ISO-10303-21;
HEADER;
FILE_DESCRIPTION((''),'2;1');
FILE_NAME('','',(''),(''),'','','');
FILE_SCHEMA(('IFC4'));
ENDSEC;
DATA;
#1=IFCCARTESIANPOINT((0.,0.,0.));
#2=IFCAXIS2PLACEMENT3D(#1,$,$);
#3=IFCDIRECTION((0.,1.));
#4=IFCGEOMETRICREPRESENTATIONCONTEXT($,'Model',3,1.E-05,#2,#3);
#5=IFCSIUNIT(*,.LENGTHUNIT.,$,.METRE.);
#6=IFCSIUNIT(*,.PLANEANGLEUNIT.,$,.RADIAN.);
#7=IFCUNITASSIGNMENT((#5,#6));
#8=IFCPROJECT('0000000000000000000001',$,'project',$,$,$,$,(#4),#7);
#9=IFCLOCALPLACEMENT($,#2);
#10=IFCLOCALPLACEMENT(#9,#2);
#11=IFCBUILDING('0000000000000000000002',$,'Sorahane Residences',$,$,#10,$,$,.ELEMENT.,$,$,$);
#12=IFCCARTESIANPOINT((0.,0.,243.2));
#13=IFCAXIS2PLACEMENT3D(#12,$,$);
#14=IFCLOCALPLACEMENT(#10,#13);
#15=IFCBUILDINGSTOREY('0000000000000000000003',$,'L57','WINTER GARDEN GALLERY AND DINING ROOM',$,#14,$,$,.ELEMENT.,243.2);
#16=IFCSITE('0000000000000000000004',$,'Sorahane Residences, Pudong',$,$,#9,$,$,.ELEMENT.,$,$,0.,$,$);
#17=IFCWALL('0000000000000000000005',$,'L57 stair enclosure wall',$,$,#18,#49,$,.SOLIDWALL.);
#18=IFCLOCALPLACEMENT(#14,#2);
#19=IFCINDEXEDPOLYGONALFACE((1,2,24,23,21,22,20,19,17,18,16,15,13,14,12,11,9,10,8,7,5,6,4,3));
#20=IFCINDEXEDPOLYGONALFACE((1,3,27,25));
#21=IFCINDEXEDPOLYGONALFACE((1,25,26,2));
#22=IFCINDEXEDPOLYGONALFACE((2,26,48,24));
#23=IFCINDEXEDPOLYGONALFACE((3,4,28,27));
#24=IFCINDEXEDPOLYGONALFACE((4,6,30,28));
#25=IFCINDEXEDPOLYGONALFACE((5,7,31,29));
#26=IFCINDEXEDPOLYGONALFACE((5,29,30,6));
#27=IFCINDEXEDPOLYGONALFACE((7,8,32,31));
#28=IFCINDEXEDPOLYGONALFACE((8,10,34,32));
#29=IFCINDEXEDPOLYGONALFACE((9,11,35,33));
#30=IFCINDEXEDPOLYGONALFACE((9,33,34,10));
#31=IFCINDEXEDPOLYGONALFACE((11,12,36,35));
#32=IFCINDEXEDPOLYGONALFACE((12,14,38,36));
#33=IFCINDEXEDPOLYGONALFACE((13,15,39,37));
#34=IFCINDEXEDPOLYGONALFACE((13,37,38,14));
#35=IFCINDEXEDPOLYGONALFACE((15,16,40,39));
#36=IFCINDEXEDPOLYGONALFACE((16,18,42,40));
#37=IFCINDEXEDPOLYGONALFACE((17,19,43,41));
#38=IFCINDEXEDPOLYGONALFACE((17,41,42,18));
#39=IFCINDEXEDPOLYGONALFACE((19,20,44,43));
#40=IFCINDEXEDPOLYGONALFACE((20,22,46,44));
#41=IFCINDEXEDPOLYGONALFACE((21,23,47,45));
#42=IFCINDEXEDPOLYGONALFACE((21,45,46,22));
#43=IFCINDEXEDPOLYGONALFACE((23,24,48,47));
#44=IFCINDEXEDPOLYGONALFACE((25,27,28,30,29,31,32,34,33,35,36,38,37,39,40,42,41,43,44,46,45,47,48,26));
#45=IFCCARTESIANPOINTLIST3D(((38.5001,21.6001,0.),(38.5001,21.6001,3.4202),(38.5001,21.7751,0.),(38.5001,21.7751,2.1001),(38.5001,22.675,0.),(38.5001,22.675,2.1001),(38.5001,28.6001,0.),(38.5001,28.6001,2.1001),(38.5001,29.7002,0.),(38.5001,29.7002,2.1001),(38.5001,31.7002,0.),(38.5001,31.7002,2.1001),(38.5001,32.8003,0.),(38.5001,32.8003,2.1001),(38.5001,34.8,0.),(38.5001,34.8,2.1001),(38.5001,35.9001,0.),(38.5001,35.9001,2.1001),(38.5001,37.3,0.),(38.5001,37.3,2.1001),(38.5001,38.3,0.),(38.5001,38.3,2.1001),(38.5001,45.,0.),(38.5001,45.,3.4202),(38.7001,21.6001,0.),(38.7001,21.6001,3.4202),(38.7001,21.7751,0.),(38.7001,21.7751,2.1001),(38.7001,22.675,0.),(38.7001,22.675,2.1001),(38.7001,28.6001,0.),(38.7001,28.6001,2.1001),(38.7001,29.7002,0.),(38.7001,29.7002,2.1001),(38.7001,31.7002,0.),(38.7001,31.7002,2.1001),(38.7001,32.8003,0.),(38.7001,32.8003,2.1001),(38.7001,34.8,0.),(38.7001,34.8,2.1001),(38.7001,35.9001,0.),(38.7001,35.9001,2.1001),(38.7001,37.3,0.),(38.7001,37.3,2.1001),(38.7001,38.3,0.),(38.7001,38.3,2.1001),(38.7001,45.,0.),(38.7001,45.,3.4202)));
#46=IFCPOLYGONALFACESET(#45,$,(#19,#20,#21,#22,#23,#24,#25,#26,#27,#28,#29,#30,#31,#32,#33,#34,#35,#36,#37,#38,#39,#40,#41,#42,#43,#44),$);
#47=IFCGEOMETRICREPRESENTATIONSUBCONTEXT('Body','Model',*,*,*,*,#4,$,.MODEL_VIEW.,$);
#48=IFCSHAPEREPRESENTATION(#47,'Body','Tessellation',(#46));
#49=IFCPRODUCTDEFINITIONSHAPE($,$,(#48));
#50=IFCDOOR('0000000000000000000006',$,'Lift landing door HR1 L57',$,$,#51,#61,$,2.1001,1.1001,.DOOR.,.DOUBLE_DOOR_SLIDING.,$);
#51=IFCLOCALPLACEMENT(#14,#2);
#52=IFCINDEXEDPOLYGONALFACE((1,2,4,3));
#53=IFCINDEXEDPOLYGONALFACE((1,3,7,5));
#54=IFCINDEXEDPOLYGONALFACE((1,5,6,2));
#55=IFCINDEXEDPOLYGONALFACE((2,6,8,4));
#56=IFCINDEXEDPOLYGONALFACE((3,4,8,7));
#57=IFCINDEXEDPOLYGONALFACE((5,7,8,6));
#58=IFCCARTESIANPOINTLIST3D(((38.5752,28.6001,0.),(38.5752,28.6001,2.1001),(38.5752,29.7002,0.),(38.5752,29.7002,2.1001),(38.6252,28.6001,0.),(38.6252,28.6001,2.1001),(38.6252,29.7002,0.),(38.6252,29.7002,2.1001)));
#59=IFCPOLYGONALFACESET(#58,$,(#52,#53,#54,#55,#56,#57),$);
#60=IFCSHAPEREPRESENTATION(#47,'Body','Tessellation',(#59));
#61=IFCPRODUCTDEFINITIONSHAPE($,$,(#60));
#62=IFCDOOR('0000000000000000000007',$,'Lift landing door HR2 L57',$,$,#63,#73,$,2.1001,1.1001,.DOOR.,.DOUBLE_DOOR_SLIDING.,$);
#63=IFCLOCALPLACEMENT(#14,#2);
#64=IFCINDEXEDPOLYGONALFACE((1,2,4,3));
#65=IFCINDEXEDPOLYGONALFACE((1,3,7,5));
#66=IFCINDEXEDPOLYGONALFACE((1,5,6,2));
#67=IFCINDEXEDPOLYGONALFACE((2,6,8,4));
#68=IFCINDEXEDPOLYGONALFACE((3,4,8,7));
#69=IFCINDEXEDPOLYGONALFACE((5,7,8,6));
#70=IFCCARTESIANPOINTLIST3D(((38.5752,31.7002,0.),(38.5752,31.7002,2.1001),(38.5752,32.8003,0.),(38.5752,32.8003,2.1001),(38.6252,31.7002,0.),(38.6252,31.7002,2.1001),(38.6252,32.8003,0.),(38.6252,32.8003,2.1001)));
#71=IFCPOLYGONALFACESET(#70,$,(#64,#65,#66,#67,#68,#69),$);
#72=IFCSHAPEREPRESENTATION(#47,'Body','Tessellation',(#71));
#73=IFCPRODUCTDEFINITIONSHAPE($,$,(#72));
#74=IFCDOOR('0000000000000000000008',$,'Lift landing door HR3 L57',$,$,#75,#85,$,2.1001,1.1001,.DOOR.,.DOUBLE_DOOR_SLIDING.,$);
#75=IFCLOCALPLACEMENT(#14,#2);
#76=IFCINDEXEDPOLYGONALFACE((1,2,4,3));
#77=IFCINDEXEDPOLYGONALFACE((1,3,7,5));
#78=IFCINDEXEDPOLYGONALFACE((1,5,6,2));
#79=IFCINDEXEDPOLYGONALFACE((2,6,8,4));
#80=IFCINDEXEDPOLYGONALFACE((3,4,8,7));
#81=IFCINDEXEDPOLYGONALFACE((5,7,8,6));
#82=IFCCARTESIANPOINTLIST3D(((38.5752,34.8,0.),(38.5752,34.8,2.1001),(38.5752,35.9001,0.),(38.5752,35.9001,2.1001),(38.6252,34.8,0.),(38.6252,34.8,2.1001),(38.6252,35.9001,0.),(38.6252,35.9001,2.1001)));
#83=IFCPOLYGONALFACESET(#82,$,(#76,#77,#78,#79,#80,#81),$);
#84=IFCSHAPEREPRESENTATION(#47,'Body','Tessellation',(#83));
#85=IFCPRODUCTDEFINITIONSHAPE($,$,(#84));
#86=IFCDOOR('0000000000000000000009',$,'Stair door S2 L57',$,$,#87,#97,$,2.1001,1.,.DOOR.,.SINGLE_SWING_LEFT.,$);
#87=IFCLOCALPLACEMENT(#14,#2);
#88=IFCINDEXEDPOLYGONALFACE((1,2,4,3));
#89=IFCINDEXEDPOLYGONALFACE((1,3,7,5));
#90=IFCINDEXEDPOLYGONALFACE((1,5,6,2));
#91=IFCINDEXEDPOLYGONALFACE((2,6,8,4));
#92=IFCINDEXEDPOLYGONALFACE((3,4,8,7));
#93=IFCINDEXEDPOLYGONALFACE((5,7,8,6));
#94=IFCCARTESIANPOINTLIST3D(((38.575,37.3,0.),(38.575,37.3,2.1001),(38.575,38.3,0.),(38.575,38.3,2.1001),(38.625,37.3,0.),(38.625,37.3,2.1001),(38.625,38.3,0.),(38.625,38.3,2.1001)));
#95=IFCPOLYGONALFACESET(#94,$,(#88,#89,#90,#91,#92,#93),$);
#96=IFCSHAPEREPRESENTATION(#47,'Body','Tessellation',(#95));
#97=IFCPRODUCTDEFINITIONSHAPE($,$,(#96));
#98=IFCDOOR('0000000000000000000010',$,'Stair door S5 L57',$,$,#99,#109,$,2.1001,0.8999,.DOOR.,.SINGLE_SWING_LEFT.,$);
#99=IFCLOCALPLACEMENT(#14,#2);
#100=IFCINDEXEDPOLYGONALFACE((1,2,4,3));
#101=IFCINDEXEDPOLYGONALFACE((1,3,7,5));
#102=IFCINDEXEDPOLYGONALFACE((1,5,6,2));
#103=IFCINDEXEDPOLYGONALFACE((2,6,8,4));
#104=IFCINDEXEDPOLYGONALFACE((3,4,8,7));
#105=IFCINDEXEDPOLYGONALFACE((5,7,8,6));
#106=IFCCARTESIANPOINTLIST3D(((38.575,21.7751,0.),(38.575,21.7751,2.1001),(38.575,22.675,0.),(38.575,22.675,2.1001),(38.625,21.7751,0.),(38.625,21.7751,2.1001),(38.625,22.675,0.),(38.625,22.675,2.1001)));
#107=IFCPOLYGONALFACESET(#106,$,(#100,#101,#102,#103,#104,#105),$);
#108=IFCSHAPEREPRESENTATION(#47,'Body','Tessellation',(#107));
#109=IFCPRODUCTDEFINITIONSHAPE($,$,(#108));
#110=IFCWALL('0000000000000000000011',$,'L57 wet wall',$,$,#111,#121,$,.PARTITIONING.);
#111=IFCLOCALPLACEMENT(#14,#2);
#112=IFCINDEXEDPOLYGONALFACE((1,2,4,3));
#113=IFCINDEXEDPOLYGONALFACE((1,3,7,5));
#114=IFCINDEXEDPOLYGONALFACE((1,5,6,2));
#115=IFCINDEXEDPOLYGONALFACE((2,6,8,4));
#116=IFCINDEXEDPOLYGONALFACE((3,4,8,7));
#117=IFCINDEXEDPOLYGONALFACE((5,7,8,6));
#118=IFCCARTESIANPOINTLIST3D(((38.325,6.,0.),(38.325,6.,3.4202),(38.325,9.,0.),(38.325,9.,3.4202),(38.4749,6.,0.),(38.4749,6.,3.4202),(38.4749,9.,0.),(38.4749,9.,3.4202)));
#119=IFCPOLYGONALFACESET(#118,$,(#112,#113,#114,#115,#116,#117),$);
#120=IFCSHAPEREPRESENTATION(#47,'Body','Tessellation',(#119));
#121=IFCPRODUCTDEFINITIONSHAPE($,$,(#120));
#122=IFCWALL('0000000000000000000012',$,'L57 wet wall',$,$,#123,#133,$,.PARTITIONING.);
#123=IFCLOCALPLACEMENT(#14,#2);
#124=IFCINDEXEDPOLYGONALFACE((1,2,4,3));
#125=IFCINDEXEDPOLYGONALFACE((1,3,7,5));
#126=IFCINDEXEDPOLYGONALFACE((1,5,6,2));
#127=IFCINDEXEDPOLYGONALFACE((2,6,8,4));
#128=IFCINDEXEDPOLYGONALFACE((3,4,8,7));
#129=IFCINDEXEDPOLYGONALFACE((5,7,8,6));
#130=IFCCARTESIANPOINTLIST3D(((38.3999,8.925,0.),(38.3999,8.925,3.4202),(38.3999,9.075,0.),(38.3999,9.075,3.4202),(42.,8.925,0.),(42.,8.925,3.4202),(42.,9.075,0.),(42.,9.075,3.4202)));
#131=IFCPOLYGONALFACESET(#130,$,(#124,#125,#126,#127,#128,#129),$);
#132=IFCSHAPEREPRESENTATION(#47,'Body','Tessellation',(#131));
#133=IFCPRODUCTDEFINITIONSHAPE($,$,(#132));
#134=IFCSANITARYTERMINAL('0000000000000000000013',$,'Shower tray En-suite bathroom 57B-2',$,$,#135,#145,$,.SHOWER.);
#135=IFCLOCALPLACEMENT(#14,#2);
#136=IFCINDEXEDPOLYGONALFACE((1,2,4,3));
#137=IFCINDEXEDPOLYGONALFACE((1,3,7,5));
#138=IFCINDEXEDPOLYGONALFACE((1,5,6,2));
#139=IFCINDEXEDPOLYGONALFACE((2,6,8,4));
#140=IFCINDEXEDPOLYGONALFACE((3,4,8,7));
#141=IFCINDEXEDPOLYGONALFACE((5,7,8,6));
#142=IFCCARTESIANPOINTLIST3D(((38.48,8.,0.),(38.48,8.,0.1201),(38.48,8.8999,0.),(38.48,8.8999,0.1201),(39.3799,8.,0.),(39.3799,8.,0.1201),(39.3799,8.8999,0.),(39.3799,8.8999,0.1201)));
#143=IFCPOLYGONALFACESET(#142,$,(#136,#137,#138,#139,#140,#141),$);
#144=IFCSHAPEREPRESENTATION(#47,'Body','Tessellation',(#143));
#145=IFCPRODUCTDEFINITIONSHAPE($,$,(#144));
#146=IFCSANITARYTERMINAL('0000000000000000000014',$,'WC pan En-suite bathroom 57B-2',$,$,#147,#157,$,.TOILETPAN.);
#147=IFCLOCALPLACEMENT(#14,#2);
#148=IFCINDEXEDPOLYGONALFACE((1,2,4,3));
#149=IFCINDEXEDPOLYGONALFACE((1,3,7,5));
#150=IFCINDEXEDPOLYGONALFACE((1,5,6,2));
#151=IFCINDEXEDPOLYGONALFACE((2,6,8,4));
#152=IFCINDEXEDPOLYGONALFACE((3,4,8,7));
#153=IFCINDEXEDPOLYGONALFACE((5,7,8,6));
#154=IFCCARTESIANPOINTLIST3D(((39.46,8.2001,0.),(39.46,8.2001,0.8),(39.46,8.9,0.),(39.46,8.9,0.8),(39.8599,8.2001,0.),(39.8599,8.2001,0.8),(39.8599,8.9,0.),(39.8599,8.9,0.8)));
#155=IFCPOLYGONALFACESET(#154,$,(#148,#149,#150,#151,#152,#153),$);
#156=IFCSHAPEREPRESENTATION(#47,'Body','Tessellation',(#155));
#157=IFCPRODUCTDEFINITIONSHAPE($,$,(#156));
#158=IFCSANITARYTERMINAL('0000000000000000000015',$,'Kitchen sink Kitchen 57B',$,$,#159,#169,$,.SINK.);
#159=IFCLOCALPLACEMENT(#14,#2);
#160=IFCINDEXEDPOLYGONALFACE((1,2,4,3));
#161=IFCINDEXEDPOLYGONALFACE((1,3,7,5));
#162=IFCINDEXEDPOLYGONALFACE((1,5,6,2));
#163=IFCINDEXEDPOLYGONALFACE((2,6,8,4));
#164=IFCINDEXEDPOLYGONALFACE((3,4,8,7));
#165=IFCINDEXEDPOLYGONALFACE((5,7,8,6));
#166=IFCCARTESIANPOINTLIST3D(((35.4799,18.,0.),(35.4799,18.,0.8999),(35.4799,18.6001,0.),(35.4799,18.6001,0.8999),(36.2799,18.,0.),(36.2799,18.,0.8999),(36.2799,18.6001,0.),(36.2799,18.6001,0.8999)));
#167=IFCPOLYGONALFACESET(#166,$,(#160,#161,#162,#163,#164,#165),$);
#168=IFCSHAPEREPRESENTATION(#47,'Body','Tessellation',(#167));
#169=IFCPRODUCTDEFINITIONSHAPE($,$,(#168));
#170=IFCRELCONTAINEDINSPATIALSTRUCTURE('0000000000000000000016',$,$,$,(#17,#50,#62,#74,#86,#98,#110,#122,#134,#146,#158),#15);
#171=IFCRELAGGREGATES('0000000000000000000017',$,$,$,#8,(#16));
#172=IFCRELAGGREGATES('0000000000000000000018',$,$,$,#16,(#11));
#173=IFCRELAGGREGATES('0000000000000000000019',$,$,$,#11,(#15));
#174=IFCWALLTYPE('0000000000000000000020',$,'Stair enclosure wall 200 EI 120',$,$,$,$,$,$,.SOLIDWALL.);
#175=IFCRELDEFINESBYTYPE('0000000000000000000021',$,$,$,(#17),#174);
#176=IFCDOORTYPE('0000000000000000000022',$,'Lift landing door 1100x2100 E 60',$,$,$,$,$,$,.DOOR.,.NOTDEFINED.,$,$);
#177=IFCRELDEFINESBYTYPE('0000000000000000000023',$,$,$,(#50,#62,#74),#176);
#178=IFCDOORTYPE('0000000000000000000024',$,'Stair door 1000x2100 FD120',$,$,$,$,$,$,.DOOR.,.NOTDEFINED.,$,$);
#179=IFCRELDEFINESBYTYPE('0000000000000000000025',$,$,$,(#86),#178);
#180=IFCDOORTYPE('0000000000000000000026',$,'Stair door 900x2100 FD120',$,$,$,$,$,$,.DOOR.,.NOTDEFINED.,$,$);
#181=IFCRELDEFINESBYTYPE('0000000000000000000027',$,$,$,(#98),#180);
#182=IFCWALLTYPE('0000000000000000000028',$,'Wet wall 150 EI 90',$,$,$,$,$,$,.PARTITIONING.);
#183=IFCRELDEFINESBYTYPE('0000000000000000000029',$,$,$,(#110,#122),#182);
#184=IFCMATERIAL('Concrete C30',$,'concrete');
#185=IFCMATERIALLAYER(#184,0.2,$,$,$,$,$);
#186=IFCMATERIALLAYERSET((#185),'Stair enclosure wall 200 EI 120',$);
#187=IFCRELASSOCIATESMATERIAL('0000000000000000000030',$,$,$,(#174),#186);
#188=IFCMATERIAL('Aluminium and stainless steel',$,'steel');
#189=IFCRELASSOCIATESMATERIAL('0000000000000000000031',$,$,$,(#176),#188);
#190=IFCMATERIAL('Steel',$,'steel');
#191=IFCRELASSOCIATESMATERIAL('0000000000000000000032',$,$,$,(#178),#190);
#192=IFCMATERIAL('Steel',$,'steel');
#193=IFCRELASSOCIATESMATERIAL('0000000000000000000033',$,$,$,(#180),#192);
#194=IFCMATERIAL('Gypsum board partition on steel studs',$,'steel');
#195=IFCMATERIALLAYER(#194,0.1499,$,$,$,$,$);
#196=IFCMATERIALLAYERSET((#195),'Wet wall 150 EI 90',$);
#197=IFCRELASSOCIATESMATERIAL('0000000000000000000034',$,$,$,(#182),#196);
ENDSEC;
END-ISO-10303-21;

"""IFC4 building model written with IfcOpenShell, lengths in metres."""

from ifc_helpers import new_model, si_unit, direction, frame, frame_2d, origin, origin_2d, place, context, subcontext, project, spatial, rectangle, extrude, material, layer, layer_set, type_object, element, fill, save


model = new_model("IFC4")

# Units and contexts
model_context = context("Model", 3, precision=1e-05, world=origin(), true_north=direction((0.0, 1.0)))
body_context = subcontext(model_context, "Body", "Model", "MODEL_VIEW")
ifc_project = project(units=[si_unit("LENGTHUNIT", "METRE"), si_unit("PLANEANGLEUNIT", "RADIAN")], contexts=[model_context])

# Site, building, storey
site_placement = place(None, origin())
site = spatial("IfcSite", under=ifc_project, at=site_placement, Name="Sorahane Residences, Pudong", CompositionType="ELEMENT", RefElevation=0.0)
building_placement = place(site_placement, origin())
building = spatial("IfcBuilding", under=site, at=building_placement, Name="Sorahane Residences", CompositionType="ELEMENT")
storey_placement = place(building_placement, frame((0.0, 0.0, 243.2)))
storey = spatial("IfcBuildingStorey", under=building, at=storey_placement, Name="L57", Description="WINTER GARDEN GALLERY AND DINING ROOM", CompositionType="ELEMENT", Elevation=243.2)

# Wall, openings, doors
ifc_material_1 = material(Name="Concrete C30", Category="concrete")
ifc_layer_1 = layer(ifc_material_1, 0.2)
ifc_layer_set_1 = layer_set([ifc_layer_1], Name="Stair enclosure wall 200 EI 120")
wall_type_1 = type_object("IfcWallType", Name="Stair enclosure wall 200 EI 120", PredefinedType="SOLIDWALL", material=ifc_layer_set_1)
wall_1_placement = place(storey_placement, frame((38.6001, 21.6001, 0.0), z_axis=(0.0, 0.0, 1.0), x_axis=(0.0, 1.0, 0.0)))
wall_1 = element("IfcWall", 1, at=wall_1_placement, inside=storey, type_object=wall_type_1, Name="L57 stair enclosure wall", PredefinedType="SOLIDWALL", context=body_context, shape_type="SweptSolid", body=[
    extrude(rectangle(XDim=23.3999, YDim=0.2, at=frame_2d((11.7, 0.0))), origin(), (0.0, 0.0, 1.0), 3.4202),
])
opening_1_placement = place(wall_1_placement, frame((7.0, 0.0, 0.0)))
opening_1 = element("IfcOpeningElement", 2, at=opening_1_placement, cuts=wall_1, PredefinedType="OPENING", context=body_context, shape_type="SweptSolid", body=[
    extrude(rectangle(XDim=1.1001, YDim=2.1001, at=frame_2d((0.55, 1.05))), frame((0.0, 0.1099, 0.0), z_axis=(0.0, -1.0, 0.0), x_axis=(1.0, 0.0, 0.0)), (0.0, 0.0, 1.0), 0.22),
])
opening_2_placement = place(wall_1_placement, frame((10.1001, 0.0, 0.0)))
opening_2 = element("IfcOpeningElement", 3, at=opening_2_placement, cuts=wall_1, PredefinedType="OPENING", context=body_context, shape_type="SweptSolid", body=[
    extrude(rectangle(XDim=1.1001, YDim=2.1001, at=frame_2d((0.55, 1.05))), frame((0.0, 0.1099, 0.0), z_axis=(0.0, -1.0, 0.0), x_axis=(1.0, 0.0, 0.0)), (0.0, 0.0, 1.0), 0.22),
])
opening_3_placement = place(wall_1_placement, frame((13.2, 0.0, 0.0)))
opening_3 = element("IfcOpeningElement", 4, at=opening_3_placement, cuts=wall_1, PredefinedType="OPENING", context=body_context, shape_type="SweptSolid", body=[
    extrude(rectangle(XDim=1.1001, YDim=2.1001, at=frame_2d((0.55, 1.05))), frame((0.0, 0.1099, 0.0), z_axis=(0.0, -1.0, 0.0), x_axis=(1.0, 0.0, 0.0)), (0.0, 0.0, 1.0), 0.22),
])
opening_4_placement = place(wall_1_placement, frame((15.7, 0.0, 0.0)))
opening_4 = element("IfcOpeningElement", 5, at=opening_4_placement, cuts=wall_1, PredefinedType="OPENING", context=body_context, shape_type="SweptSolid", body=[
    extrude(rectangle(XDim=1.0, YDim=2.1001, at=frame_2d((0.5, 1.05))), frame((0.0, 0.1099, 0.0), z_axis=(0.0, -1.0, 0.0), x_axis=(1.0, 0.0, 0.0)), (0.0, 0.0, 1.0), 0.22),
])
opening_5_placement = place(wall_1_placement, frame((0.175, 0.0, 0.0)))
opening_5 = element("IfcOpeningElement", 6, at=opening_5_placement, cuts=wall_1, PredefinedType="OPENING", context=body_context, shape_type="SweptSolid", body=[
    extrude(rectangle(XDim=0.8999, YDim=2.1001, at=frame_2d((0.45, 1.05))), frame((0.0, 0.1099, 0.0), z_axis=(0.0, -1.0, 0.0), x_axis=(1.0, 0.0, 0.0)), (0.0, 0.0, 1.0), 0.22),
])
ifc_material_2 = material(Name="Aluminium and stainless steel", Category="steel")
door_type_1 = type_object("IfcDoorType", Name="Lift landing door 1100x2100 E 60", OperationType="NOTDEFINED", PredefinedType="DOOR", material=ifc_material_2)
door_1_placement = place(opening_1_placement, origin())
door_1 = element("IfcDoor", 7, at=door_1_placement, inside=storey, type_object=door_type_1, Name="Lift landing door HR1 L57", OperationType="DOUBLE_DOOR_SLIDING", OverallHeight=2.1001, OverallWidth=1.1001, PredefinedType="DOOR", context=body_context, shape_type="SweptSolid", body=[
    extrude(rectangle(XDim=1.1001, YDim=2.1001, at=frame_2d((0.55, 1.05))), frame((0.0, 0.0249, 0.0), z_axis=(0.0, -1.0, 0.0), x_axis=(1.0, 0.0, 0.0)), (0.0, 0.0, 1.0), 0.05),
])
fill(opening_1, door_1)
door_2_placement = place(opening_2_placement, origin())
door_2 = element("IfcDoor", 8, at=door_2_placement, inside=storey, type_object=door_type_1, Name="Lift landing door HR2 L57", OperationType="DOUBLE_DOOR_SLIDING", OverallHeight=2.1001, OverallWidth=1.1001, PredefinedType="DOOR", context=body_context, shape_type="SweptSolid", body=[
    extrude(rectangle(XDim=1.1001, YDim=2.1001, at=frame_2d((0.55, 1.05))), frame((0.0, 0.0249, 0.0), z_axis=(0.0, -1.0, 0.0), x_axis=(1.0, 0.0, 0.0)), (0.0, 0.0, 1.0), 0.05),
])
fill(opening_2, door_2)
door_3_placement = place(opening_3_placement, origin())
door_3 = element("IfcDoor", 9, at=door_3_placement, inside=storey, type_object=door_type_1, Name="Lift landing door HR3 L57", OperationType="DOUBLE_DOOR_SLIDING", OverallHeight=2.1001, OverallWidth=1.1001, PredefinedType="DOOR", context=body_context, shape_type="SweptSolid", body=[
    extrude(rectangle(XDim=1.1001, YDim=2.1001, at=frame_2d((0.55, 1.05))), frame((0.0, 0.0249, 0.0), z_axis=(0.0, -1.0, 0.0), x_axis=(1.0, 0.0, 0.0)), (0.0, 0.0, 1.0), 0.05),
])
fill(opening_3, door_3)
ifc_material_3 = material(Name="Steel", Category="steel")
door_type_2 = type_object("IfcDoorType", Name="Stair door 1000x2100 FD120", OperationType="NOTDEFINED", PredefinedType="DOOR", material=ifc_material_3)
door_4_placement = place(opening_4_placement, frame((1.0, 0.0, 0.0), z_axis=(0.0, 0.0, 1.0), x_axis=(-1.0, 0.0, 0.0)))
door_4 = element("IfcDoor", 10, at=door_4_placement, inside=storey, type_object=door_type_2, Name="Stair door S2 L57", OperationType="SINGLE_SWING_LEFT", OverallHeight=2.1001, OverallWidth=1.0, PredefinedType="DOOR", context=body_context, shape_type="SweptSolid", body=[
    extrude(rectangle(XDim=1.0, YDim=2.1001, at=frame_2d((0.5, 1.05))), frame((0.0, 0.0249, 0.0), z_axis=(0.0, -1.0, 0.0), x_axis=(1.0, 0.0, 0.0)), (0.0, 0.0, 1.0), 0.05),
])
fill(opening_4, door_4)
ifc_material_4 = material(Name="Steel", Category="steel")
door_type_3 = type_object("IfcDoorType", Name="Stair door 900x2100 FD120", OperationType="NOTDEFINED", PredefinedType="DOOR", material=ifc_material_4)
door_5_placement = place(opening_5_placement, frame((0.8999, 0.0, 0.0), z_axis=(0.0, 0.0, 1.0), x_axis=(-1.0, 0.0, 0.0)))
door_5 = element("IfcDoor", 11, at=door_5_placement, inside=storey, type_object=door_type_3, Name="Stair door S5 L57", OperationType="SINGLE_SWING_LEFT", OverallHeight=2.1001, OverallWidth=0.8999, PredefinedType="DOOR", context=body_context, shape_type="SweptSolid", body=[
    extrude(rectangle(XDim=0.8999, YDim=2.1001, at=frame_2d((0.45, 1.05))), frame((0.0, 0.0249, 0.0), z_axis=(0.0, -1.0, 0.0), x_axis=(1.0, 0.0, 0.0)), (0.0, 0.0, 1.0), 0.05),
])
fill(opening_5, door_5)

# Wall
ifc_material_5 = material(Name="Gypsum board partition on steel studs", Category="steel")
ifc_layer_2 = layer(ifc_material_5, 0.1499)
ifc_layer_set_2 = layer_set([ifc_layer_2], Name="Wet wall 150 EI 90")
wall_type_2 = type_object("IfcWallType", Name="Wet wall 150 EI 90", PredefinedType="PARTITIONING", material=ifc_layer_set_2)
wall_2_placement = place(storey_placement, frame((38.3999, 6.0, 0.0), z_axis=(0.0, 0.0, 1.0), x_axis=(0.0, 1.0, 0.0)))
element("IfcWall", 12, at=wall_2_placement, inside=storey, type_object=wall_type_2, Name="L57 wet wall", PredefinedType="PARTITIONING", context=body_context, shape_type="SweptSolid", body=[
    extrude(rectangle(XDim=3.0, YDim=0.1499, at=frame_2d((1.5, 0.0))), origin(), (0.0, 0.0, 1.0), 3.4202),
])

# Wall
wall_3_placement = place(storey_placement, frame((38.3999, 9.0, 0.0), z_axis=(0.0, 0.0, 1.0), x_axis=(1.0, 0.0, 0.0)))
element("IfcWall", 13, at=wall_3_placement, inside=storey, type_object=wall_type_2, Name="L57 wet wall", PredefinedType="PARTITIONING", context=body_context, shape_type="SweptSolid", body=[
    extrude(rectangle(XDim=3.6001, YDim=0.1499, at=frame_2d((1.8, 0.0))), origin(), (0.0, 0.0, 1.0), 3.4202),
])

# Sanitary terminals
sanitary_terminal_1_placement = place(storey_placement, frame((38.9299, 8.45, 0.0), z_axis=(0.0, 0.0, 1.0), x_axis=(1.0, 0.0, 0.0)))
element("IfcSanitaryTerminal", 14, at=sanitary_terminal_1_placement, inside=storey, Name="Shower tray En-suite bathroom 57B-2", PredefinedType="SHOWER", context=body_context, shape_type="SweptSolid", body=[
    extrude(rectangle(XDim=0.8999, YDim=0.8999, at=origin_2d()), origin(), (0.0, 0.0, 1.0), 0.1201),
])
sanitary_terminal_2_placement = place(storey_placement, frame((39.6599, 8.55, 0.0), z_axis=(0.0, 0.0, 1.0), x_axis=(1.0, 0.0, 0.0)))
element("IfcSanitaryTerminal", 15, at=sanitary_terminal_2_placement, inside=storey, Name="WC pan En-suite bathroom 57B-2", PredefinedType="TOILETPAN", context=body_context, shape_type="SweptSolid", body=[
    extrude(rectangle(XDim=0.3999, YDim=0.7, at=origin_2d()), origin(), (0.0, 0.0, 1.0), 0.8),
])
sanitary_terminal_3_placement = place(storey_placement, frame((35.8799, 18.3, 0.0), z_axis=(0.0, 0.0, 1.0), x_axis=(1.0, 0.0, 0.0)))
element("IfcSanitaryTerminal", 16, at=sanitary_terminal_3_placement, inside=storey, Name="Kitchen sink Kitchen 57B", PredefinedType="SINK", context=body_context, shape_type="SweptSolid", body=[
    extrude(rectangle(XDim=0.8, YDim=0.6001, at=origin_2d()), origin(), (0.0, 0.0, 1.0), 0.8999),
])

save(model, "model.ifc")
